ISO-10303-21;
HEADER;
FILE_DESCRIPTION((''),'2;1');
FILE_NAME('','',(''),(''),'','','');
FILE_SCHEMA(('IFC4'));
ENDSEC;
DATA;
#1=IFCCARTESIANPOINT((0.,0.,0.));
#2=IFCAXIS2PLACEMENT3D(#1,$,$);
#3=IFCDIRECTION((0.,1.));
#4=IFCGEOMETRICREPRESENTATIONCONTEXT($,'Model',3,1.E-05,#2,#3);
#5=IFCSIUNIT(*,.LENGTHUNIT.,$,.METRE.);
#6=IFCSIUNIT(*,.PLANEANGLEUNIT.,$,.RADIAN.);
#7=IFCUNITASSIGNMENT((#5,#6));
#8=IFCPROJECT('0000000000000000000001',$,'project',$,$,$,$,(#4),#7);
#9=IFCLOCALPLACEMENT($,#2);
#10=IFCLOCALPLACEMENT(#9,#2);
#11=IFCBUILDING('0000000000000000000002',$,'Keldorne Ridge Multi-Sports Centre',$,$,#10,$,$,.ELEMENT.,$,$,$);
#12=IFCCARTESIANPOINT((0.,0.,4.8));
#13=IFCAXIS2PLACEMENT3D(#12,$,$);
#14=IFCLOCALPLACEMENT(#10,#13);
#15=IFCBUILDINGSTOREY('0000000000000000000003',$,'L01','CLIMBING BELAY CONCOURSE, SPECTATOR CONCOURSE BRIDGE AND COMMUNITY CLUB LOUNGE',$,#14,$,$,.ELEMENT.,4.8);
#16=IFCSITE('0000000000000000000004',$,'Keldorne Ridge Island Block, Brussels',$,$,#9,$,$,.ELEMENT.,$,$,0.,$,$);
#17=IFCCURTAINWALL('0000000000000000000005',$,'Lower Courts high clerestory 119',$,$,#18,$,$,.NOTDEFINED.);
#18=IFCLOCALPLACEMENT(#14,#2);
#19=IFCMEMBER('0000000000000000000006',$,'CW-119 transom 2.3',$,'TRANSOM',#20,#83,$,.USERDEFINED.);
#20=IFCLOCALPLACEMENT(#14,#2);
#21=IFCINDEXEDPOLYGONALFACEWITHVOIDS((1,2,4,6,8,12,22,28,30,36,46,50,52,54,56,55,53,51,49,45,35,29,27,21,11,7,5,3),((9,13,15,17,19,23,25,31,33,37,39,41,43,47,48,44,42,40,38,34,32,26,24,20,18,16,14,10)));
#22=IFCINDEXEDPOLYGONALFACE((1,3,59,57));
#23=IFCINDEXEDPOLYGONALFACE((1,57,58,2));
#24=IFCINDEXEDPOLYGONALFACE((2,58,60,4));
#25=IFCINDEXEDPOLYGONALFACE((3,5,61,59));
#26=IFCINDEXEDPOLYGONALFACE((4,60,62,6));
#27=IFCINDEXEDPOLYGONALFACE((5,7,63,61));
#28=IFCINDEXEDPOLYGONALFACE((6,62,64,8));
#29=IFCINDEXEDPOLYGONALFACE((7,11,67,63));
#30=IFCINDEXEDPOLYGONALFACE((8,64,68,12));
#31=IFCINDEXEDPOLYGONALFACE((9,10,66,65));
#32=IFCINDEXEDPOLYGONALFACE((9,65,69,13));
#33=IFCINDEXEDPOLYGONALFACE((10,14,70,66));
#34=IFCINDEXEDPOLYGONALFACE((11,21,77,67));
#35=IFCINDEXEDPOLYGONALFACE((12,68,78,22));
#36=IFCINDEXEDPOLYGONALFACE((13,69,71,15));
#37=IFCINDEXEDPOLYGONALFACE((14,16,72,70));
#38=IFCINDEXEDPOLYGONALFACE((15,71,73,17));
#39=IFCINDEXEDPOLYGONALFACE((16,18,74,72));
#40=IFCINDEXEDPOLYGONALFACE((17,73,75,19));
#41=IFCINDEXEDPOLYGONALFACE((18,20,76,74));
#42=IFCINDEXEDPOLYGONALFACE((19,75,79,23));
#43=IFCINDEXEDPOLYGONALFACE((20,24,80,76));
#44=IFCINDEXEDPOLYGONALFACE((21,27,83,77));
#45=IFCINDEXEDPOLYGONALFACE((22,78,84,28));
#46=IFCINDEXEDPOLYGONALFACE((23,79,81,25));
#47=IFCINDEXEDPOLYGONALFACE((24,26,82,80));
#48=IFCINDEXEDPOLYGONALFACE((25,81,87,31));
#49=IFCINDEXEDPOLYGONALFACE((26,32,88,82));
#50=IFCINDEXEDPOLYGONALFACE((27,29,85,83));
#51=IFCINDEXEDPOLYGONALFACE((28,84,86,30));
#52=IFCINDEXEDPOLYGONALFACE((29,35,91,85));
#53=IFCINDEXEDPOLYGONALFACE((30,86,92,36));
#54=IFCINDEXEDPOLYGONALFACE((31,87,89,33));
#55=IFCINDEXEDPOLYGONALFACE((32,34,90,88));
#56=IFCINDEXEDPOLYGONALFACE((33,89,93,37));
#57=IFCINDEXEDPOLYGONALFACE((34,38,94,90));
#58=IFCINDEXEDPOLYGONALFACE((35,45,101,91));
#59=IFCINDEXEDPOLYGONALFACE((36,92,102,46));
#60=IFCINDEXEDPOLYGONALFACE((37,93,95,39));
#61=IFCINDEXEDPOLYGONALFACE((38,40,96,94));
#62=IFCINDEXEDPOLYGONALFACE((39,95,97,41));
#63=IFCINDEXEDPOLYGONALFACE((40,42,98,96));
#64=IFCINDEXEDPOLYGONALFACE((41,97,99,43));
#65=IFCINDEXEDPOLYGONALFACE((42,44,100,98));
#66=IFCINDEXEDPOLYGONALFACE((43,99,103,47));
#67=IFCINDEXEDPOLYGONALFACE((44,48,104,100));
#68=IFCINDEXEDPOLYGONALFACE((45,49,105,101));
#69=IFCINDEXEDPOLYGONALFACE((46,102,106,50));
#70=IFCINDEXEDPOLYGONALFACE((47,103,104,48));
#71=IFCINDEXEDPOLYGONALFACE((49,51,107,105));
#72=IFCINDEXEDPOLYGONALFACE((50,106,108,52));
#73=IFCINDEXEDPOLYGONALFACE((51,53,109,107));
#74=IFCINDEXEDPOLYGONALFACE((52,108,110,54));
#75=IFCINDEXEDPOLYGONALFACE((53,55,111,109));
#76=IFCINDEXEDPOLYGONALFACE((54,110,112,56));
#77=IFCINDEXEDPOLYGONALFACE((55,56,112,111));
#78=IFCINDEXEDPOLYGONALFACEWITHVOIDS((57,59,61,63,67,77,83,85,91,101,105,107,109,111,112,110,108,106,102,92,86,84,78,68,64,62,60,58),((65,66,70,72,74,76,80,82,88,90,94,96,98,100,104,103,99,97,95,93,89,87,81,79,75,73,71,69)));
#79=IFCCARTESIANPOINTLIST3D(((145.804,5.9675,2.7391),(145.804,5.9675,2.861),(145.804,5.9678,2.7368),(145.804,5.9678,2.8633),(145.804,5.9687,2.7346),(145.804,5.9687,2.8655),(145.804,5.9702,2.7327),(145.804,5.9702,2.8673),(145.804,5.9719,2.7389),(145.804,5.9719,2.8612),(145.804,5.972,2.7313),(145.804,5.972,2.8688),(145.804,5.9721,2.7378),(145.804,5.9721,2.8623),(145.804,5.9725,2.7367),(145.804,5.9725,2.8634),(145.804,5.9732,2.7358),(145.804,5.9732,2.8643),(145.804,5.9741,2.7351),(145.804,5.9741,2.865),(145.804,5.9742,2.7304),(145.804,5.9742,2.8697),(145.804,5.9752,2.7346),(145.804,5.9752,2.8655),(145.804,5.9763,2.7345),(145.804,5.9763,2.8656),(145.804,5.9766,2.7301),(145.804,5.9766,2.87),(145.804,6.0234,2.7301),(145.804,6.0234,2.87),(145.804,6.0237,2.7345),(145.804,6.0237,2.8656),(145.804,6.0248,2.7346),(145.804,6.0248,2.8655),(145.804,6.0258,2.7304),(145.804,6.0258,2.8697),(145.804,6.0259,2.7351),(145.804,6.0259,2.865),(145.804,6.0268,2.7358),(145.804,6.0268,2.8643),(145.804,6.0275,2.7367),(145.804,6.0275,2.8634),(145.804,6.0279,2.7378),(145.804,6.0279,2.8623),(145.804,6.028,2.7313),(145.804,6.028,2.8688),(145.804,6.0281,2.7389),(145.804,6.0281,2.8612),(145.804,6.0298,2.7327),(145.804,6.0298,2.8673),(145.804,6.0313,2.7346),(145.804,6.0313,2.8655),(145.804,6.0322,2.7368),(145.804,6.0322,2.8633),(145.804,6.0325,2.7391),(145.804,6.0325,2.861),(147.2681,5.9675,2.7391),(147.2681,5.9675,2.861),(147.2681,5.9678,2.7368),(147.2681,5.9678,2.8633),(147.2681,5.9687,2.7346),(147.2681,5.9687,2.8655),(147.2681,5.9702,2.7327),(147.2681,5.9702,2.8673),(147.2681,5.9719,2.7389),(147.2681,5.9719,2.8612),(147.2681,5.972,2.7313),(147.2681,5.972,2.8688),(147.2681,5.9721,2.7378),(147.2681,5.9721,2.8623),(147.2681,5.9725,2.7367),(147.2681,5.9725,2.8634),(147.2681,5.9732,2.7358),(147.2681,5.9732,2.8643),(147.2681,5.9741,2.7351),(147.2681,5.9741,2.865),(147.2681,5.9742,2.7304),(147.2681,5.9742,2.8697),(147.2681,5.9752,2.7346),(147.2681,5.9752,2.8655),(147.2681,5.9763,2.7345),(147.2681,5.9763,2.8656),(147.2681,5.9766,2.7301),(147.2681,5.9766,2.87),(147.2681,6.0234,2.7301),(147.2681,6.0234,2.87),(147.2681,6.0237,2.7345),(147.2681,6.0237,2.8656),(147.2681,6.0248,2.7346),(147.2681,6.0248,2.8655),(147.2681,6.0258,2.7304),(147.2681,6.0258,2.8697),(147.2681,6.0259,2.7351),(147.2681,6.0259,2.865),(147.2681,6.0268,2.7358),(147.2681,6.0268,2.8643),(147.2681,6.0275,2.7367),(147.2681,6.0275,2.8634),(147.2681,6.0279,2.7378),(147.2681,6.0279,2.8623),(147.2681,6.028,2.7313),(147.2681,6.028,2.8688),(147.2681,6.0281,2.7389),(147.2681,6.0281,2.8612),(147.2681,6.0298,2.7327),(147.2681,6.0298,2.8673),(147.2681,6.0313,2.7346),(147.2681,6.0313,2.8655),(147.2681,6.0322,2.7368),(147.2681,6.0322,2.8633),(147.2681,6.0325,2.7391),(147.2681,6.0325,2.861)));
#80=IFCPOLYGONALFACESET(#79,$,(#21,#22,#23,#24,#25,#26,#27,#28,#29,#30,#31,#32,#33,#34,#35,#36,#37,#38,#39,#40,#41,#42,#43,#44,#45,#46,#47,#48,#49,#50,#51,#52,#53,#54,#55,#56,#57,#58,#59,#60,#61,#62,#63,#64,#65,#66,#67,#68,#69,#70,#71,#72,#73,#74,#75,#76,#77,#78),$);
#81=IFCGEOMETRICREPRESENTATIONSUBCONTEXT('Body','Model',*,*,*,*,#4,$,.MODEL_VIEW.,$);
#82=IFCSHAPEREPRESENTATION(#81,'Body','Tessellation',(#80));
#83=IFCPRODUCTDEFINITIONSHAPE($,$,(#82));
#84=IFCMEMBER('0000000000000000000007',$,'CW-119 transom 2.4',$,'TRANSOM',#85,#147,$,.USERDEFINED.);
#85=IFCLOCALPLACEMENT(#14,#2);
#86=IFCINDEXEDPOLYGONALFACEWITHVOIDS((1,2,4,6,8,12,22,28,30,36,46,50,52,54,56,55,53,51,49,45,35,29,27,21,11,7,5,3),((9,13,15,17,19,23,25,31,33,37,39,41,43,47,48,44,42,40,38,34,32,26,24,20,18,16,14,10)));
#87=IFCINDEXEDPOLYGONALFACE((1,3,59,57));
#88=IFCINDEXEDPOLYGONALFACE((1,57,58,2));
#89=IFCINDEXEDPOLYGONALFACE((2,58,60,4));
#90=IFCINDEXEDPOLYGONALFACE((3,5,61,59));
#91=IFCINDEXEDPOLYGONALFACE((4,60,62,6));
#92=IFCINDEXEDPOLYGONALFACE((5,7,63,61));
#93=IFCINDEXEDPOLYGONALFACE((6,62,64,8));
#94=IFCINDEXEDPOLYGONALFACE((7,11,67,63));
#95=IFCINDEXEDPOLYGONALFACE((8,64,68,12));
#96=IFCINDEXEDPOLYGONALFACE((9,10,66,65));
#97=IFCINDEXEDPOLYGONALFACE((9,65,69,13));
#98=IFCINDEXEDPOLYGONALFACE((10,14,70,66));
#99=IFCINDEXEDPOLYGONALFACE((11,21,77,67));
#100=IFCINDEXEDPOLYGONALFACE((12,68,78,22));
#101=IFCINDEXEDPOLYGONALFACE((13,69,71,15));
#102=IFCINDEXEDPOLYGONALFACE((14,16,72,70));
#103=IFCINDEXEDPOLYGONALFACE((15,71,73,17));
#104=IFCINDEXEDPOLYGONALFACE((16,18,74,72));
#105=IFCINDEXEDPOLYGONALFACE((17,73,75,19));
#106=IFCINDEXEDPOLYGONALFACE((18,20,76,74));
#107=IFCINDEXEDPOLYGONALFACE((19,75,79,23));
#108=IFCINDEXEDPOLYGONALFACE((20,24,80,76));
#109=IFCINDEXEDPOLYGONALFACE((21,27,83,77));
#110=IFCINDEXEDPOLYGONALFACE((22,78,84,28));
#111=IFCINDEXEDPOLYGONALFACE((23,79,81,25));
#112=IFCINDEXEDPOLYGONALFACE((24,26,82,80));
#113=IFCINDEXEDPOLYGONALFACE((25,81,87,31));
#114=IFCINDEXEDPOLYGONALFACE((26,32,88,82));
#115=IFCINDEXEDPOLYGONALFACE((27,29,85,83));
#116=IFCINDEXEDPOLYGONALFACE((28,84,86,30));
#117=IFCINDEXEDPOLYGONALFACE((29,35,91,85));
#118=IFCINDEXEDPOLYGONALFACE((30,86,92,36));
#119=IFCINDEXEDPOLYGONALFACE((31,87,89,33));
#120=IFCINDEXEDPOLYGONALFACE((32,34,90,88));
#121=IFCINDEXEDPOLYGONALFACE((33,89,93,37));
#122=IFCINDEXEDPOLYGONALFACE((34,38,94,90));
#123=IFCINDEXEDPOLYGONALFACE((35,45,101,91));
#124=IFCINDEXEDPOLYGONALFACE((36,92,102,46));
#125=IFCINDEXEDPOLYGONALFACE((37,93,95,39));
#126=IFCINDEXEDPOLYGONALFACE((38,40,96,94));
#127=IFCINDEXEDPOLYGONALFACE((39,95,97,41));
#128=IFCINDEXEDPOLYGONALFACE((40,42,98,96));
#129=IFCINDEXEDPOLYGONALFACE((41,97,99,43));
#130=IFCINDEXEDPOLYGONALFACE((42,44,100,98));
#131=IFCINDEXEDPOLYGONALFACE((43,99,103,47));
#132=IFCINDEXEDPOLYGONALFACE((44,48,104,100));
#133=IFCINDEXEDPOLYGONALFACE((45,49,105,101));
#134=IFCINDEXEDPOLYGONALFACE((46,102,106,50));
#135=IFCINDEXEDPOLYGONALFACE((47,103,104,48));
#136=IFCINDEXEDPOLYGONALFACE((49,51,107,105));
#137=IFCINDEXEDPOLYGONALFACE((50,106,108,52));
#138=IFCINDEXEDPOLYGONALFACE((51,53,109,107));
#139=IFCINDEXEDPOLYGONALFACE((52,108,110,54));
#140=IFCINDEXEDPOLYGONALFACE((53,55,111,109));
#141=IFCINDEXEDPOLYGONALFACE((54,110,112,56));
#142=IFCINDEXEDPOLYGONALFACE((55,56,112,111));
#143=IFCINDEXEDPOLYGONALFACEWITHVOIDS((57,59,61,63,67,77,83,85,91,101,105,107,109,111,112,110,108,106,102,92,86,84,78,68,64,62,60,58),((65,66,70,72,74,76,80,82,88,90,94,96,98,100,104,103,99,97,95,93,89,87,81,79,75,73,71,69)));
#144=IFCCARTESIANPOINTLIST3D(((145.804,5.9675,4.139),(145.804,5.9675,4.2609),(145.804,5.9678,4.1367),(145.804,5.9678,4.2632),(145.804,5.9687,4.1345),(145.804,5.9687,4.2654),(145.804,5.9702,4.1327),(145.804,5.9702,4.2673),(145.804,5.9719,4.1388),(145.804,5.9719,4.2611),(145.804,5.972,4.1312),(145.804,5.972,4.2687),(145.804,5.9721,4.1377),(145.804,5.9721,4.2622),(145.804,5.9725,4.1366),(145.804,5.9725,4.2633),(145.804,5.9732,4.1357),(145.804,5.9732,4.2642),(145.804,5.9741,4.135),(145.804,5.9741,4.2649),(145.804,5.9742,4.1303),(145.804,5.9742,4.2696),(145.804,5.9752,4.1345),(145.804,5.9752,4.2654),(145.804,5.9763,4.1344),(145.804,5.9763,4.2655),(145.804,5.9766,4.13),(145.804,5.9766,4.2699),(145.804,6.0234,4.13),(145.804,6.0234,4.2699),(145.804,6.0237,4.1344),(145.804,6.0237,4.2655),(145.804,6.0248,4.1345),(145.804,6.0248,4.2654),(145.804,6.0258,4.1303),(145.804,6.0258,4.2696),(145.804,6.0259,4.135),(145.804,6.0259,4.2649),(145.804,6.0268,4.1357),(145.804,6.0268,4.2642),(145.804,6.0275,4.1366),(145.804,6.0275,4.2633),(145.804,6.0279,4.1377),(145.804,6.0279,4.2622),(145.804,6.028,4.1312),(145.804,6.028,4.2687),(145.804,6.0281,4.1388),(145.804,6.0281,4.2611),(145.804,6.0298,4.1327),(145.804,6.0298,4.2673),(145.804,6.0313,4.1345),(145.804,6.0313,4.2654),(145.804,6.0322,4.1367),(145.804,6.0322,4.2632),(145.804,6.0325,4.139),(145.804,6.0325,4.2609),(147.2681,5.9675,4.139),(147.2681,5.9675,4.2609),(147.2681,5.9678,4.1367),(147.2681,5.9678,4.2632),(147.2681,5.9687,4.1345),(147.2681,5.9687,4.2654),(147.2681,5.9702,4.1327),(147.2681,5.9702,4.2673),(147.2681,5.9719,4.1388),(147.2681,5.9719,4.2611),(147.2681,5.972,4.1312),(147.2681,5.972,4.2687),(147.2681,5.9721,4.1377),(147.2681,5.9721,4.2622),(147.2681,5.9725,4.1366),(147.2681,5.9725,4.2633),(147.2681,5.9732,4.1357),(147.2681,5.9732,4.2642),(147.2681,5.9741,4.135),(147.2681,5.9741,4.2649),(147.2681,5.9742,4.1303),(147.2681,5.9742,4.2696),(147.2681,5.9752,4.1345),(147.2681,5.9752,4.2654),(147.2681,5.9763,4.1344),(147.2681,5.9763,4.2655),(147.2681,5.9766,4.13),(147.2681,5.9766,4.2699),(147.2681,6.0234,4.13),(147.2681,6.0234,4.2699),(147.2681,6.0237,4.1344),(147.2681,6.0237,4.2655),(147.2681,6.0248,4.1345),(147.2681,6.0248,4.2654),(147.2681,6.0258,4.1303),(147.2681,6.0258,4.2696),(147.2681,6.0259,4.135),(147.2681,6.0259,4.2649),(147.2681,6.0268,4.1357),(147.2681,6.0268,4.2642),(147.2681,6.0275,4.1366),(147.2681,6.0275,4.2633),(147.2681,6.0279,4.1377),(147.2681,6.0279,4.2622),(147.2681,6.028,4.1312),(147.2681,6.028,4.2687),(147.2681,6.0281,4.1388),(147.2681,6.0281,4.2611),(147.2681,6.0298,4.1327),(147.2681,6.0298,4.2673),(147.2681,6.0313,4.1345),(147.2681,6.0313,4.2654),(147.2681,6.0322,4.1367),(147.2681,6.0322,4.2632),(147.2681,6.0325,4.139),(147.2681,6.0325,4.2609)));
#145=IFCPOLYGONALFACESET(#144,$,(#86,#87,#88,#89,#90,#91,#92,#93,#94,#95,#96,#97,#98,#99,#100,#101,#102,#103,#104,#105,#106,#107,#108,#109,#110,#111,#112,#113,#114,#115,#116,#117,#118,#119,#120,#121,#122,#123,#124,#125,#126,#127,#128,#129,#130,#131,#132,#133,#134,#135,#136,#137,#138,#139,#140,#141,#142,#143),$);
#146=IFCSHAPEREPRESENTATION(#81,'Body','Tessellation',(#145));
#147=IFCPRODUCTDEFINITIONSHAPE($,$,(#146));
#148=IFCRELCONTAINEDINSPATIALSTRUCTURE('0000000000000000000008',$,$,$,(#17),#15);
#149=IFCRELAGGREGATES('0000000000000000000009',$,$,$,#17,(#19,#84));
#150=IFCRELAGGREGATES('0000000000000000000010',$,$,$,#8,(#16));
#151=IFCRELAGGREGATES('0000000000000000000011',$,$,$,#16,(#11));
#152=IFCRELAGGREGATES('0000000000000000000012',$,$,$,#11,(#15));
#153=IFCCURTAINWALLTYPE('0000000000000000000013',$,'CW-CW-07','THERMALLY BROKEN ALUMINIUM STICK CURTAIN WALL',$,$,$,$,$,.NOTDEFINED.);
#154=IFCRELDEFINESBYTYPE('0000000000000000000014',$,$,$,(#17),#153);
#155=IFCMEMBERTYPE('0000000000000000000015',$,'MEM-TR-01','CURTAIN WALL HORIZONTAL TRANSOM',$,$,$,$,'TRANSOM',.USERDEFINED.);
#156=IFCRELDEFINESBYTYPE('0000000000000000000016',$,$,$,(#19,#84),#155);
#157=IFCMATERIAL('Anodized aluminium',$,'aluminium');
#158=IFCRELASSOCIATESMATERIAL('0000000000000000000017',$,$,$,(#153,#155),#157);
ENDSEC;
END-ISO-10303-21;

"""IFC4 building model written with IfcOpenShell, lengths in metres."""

from ifc_helpers import new_model, si_unit, direction, frame, origin, origin_2d, place, context, subcontext, project, spatial, hollow_rectangle, extrude, material, material_profile, profile_set, type_object, element, aggregate, save


model = new_model("IFC4")

# Units and contexts
model_context = context("Model", 3, precision=1e-05, world=origin(), true_north=direction((0.0, 1.0)))
body_context = subcontext(model_context, "Body", "Model", "MODEL_VIEW")
ifc_project = project(units=[si_unit("LENGTHUNIT", "METRE"), si_unit("PLANEANGLEUNIT", "RADIAN")], contexts=[model_context])

# Site, building, storey
site_placement = place(None, origin())
site = spatial("IfcSite", under=ifc_project, at=site_placement, Name="Keldorne Ridge Island Block, Brussels", CompositionType="ELEMENT", RefElevation=0.0)
building_placement = place(site_placement, origin())
building = spatial("IfcBuilding", under=site, at=building_placement, Name="Keldorne Ridge Multi-Sports Centre", CompositionType="ELEMENT")
storey_placement = place(building_placement, frame((0.0, 0.0, 4.8)))
storey = spatial("IfcBuildingStorey", under=building, at=storey_placement, Name="L01", Description="CLIMBING BELAY CONCOURSE, SPECTATOR CONCOURSE BRIDGE AND COMMUNITY CLUB LOUNGE", CompositionType="ELEMENT", Elevation=4.8)

# Curtain wall, members
ifc_material_1 = material(Name="Anodized aluminium", Category="aluminium")
curtain_wall_type = type_object("IfcCurtainWallType", Name="CW-CW-07", Description="THERMALLY BROKEN ALUMINIUM STICK CURTAIN WALL", PredefinedType="NOTDEFINED", material=ifc_material_1)
curtain_wall_placement = place(storey_placement, origin())
curtain_wall = element("IfcCurtainWall", 1, at=curtain_wall_placement, inside=storey, type_object=curtain_wall_type, Name="Lower Courts high clerestory 119", PredefinedType="NOTDEFINED")
ifc_material_profile_1 = material_profile(ifc_material_1, hollow_rectangle(XDim=0.0649, YDim=0.1399, WallThickness=0.0044, InnerFilletRadius=0.0044, OuterFilletRadius=0.009, at=origin_2d()), Name="ALU TRANSOM 140x65x4.5")
ifc_profile_set_1 = profile_set([ifc_material_profile_1], Name="Anodized aluminium")
member_type_1 = type_object("IfcMemberType", Name="MEM-TR-01", Description="CURTAIN WALL HORIZONTAL TRANSOM", ElementType="TRANSOM", PredefinedType="USERDEFINED", material=ifc_profile_set_1)
member_1_placement = place(storey_placement, frame((145.804, 6.0, 2.8), z_axis=(1.0, 0.0, 0.0), x_axis=(0.0, 1.0, 0.0)))
member_1 = element("IfcMember", 2, at=member_1_placement, type_object=member_type_1, Name="CW-119 transom 2.3", ObjectType="TRANSOM", PredefinedType="USERDEFINED", context=body_context, shape_type="SweptSolid", body=[
    extrude(hollow_rectangle(XDim=0.0649, YDim=0.1399, WallThickness=0.0044, InnerFilletRadius=0.0044, OuterFilletRadius=0.009, at=origin_2d()), origin(), (0.0, 0.0, 1.0), 1.4641),
])
member_2_placement = place(storey_placement, frame((145.804, 6.0, 4.2), z_axis=(1.0, 0.0, 0.0), x_axis=(0.0, 1.0, 0.0)))
member_2 = element("IfcMember", 3, at=member_2_placement, type_object=member_type_1, Name="CW-119 transom 2.4", ObjectType="TRANSOM", PredefinedType="USERDEFINED", context=body_context, shape_type="SweptSolid", body=[
    extrude(hollow_rectangle(XDim=0.0649, YDim=0.1399, WallThickness=0.0044, InnerFilletRadius=0.0044, OuterFilletRadius=0.009, at=origin_2d()), origin(), (0.0, 0.0, 1.0), 1.4641),
])
aggregate(curtain_wall, [member_1, member_2])

save(model, "model.ifc")
